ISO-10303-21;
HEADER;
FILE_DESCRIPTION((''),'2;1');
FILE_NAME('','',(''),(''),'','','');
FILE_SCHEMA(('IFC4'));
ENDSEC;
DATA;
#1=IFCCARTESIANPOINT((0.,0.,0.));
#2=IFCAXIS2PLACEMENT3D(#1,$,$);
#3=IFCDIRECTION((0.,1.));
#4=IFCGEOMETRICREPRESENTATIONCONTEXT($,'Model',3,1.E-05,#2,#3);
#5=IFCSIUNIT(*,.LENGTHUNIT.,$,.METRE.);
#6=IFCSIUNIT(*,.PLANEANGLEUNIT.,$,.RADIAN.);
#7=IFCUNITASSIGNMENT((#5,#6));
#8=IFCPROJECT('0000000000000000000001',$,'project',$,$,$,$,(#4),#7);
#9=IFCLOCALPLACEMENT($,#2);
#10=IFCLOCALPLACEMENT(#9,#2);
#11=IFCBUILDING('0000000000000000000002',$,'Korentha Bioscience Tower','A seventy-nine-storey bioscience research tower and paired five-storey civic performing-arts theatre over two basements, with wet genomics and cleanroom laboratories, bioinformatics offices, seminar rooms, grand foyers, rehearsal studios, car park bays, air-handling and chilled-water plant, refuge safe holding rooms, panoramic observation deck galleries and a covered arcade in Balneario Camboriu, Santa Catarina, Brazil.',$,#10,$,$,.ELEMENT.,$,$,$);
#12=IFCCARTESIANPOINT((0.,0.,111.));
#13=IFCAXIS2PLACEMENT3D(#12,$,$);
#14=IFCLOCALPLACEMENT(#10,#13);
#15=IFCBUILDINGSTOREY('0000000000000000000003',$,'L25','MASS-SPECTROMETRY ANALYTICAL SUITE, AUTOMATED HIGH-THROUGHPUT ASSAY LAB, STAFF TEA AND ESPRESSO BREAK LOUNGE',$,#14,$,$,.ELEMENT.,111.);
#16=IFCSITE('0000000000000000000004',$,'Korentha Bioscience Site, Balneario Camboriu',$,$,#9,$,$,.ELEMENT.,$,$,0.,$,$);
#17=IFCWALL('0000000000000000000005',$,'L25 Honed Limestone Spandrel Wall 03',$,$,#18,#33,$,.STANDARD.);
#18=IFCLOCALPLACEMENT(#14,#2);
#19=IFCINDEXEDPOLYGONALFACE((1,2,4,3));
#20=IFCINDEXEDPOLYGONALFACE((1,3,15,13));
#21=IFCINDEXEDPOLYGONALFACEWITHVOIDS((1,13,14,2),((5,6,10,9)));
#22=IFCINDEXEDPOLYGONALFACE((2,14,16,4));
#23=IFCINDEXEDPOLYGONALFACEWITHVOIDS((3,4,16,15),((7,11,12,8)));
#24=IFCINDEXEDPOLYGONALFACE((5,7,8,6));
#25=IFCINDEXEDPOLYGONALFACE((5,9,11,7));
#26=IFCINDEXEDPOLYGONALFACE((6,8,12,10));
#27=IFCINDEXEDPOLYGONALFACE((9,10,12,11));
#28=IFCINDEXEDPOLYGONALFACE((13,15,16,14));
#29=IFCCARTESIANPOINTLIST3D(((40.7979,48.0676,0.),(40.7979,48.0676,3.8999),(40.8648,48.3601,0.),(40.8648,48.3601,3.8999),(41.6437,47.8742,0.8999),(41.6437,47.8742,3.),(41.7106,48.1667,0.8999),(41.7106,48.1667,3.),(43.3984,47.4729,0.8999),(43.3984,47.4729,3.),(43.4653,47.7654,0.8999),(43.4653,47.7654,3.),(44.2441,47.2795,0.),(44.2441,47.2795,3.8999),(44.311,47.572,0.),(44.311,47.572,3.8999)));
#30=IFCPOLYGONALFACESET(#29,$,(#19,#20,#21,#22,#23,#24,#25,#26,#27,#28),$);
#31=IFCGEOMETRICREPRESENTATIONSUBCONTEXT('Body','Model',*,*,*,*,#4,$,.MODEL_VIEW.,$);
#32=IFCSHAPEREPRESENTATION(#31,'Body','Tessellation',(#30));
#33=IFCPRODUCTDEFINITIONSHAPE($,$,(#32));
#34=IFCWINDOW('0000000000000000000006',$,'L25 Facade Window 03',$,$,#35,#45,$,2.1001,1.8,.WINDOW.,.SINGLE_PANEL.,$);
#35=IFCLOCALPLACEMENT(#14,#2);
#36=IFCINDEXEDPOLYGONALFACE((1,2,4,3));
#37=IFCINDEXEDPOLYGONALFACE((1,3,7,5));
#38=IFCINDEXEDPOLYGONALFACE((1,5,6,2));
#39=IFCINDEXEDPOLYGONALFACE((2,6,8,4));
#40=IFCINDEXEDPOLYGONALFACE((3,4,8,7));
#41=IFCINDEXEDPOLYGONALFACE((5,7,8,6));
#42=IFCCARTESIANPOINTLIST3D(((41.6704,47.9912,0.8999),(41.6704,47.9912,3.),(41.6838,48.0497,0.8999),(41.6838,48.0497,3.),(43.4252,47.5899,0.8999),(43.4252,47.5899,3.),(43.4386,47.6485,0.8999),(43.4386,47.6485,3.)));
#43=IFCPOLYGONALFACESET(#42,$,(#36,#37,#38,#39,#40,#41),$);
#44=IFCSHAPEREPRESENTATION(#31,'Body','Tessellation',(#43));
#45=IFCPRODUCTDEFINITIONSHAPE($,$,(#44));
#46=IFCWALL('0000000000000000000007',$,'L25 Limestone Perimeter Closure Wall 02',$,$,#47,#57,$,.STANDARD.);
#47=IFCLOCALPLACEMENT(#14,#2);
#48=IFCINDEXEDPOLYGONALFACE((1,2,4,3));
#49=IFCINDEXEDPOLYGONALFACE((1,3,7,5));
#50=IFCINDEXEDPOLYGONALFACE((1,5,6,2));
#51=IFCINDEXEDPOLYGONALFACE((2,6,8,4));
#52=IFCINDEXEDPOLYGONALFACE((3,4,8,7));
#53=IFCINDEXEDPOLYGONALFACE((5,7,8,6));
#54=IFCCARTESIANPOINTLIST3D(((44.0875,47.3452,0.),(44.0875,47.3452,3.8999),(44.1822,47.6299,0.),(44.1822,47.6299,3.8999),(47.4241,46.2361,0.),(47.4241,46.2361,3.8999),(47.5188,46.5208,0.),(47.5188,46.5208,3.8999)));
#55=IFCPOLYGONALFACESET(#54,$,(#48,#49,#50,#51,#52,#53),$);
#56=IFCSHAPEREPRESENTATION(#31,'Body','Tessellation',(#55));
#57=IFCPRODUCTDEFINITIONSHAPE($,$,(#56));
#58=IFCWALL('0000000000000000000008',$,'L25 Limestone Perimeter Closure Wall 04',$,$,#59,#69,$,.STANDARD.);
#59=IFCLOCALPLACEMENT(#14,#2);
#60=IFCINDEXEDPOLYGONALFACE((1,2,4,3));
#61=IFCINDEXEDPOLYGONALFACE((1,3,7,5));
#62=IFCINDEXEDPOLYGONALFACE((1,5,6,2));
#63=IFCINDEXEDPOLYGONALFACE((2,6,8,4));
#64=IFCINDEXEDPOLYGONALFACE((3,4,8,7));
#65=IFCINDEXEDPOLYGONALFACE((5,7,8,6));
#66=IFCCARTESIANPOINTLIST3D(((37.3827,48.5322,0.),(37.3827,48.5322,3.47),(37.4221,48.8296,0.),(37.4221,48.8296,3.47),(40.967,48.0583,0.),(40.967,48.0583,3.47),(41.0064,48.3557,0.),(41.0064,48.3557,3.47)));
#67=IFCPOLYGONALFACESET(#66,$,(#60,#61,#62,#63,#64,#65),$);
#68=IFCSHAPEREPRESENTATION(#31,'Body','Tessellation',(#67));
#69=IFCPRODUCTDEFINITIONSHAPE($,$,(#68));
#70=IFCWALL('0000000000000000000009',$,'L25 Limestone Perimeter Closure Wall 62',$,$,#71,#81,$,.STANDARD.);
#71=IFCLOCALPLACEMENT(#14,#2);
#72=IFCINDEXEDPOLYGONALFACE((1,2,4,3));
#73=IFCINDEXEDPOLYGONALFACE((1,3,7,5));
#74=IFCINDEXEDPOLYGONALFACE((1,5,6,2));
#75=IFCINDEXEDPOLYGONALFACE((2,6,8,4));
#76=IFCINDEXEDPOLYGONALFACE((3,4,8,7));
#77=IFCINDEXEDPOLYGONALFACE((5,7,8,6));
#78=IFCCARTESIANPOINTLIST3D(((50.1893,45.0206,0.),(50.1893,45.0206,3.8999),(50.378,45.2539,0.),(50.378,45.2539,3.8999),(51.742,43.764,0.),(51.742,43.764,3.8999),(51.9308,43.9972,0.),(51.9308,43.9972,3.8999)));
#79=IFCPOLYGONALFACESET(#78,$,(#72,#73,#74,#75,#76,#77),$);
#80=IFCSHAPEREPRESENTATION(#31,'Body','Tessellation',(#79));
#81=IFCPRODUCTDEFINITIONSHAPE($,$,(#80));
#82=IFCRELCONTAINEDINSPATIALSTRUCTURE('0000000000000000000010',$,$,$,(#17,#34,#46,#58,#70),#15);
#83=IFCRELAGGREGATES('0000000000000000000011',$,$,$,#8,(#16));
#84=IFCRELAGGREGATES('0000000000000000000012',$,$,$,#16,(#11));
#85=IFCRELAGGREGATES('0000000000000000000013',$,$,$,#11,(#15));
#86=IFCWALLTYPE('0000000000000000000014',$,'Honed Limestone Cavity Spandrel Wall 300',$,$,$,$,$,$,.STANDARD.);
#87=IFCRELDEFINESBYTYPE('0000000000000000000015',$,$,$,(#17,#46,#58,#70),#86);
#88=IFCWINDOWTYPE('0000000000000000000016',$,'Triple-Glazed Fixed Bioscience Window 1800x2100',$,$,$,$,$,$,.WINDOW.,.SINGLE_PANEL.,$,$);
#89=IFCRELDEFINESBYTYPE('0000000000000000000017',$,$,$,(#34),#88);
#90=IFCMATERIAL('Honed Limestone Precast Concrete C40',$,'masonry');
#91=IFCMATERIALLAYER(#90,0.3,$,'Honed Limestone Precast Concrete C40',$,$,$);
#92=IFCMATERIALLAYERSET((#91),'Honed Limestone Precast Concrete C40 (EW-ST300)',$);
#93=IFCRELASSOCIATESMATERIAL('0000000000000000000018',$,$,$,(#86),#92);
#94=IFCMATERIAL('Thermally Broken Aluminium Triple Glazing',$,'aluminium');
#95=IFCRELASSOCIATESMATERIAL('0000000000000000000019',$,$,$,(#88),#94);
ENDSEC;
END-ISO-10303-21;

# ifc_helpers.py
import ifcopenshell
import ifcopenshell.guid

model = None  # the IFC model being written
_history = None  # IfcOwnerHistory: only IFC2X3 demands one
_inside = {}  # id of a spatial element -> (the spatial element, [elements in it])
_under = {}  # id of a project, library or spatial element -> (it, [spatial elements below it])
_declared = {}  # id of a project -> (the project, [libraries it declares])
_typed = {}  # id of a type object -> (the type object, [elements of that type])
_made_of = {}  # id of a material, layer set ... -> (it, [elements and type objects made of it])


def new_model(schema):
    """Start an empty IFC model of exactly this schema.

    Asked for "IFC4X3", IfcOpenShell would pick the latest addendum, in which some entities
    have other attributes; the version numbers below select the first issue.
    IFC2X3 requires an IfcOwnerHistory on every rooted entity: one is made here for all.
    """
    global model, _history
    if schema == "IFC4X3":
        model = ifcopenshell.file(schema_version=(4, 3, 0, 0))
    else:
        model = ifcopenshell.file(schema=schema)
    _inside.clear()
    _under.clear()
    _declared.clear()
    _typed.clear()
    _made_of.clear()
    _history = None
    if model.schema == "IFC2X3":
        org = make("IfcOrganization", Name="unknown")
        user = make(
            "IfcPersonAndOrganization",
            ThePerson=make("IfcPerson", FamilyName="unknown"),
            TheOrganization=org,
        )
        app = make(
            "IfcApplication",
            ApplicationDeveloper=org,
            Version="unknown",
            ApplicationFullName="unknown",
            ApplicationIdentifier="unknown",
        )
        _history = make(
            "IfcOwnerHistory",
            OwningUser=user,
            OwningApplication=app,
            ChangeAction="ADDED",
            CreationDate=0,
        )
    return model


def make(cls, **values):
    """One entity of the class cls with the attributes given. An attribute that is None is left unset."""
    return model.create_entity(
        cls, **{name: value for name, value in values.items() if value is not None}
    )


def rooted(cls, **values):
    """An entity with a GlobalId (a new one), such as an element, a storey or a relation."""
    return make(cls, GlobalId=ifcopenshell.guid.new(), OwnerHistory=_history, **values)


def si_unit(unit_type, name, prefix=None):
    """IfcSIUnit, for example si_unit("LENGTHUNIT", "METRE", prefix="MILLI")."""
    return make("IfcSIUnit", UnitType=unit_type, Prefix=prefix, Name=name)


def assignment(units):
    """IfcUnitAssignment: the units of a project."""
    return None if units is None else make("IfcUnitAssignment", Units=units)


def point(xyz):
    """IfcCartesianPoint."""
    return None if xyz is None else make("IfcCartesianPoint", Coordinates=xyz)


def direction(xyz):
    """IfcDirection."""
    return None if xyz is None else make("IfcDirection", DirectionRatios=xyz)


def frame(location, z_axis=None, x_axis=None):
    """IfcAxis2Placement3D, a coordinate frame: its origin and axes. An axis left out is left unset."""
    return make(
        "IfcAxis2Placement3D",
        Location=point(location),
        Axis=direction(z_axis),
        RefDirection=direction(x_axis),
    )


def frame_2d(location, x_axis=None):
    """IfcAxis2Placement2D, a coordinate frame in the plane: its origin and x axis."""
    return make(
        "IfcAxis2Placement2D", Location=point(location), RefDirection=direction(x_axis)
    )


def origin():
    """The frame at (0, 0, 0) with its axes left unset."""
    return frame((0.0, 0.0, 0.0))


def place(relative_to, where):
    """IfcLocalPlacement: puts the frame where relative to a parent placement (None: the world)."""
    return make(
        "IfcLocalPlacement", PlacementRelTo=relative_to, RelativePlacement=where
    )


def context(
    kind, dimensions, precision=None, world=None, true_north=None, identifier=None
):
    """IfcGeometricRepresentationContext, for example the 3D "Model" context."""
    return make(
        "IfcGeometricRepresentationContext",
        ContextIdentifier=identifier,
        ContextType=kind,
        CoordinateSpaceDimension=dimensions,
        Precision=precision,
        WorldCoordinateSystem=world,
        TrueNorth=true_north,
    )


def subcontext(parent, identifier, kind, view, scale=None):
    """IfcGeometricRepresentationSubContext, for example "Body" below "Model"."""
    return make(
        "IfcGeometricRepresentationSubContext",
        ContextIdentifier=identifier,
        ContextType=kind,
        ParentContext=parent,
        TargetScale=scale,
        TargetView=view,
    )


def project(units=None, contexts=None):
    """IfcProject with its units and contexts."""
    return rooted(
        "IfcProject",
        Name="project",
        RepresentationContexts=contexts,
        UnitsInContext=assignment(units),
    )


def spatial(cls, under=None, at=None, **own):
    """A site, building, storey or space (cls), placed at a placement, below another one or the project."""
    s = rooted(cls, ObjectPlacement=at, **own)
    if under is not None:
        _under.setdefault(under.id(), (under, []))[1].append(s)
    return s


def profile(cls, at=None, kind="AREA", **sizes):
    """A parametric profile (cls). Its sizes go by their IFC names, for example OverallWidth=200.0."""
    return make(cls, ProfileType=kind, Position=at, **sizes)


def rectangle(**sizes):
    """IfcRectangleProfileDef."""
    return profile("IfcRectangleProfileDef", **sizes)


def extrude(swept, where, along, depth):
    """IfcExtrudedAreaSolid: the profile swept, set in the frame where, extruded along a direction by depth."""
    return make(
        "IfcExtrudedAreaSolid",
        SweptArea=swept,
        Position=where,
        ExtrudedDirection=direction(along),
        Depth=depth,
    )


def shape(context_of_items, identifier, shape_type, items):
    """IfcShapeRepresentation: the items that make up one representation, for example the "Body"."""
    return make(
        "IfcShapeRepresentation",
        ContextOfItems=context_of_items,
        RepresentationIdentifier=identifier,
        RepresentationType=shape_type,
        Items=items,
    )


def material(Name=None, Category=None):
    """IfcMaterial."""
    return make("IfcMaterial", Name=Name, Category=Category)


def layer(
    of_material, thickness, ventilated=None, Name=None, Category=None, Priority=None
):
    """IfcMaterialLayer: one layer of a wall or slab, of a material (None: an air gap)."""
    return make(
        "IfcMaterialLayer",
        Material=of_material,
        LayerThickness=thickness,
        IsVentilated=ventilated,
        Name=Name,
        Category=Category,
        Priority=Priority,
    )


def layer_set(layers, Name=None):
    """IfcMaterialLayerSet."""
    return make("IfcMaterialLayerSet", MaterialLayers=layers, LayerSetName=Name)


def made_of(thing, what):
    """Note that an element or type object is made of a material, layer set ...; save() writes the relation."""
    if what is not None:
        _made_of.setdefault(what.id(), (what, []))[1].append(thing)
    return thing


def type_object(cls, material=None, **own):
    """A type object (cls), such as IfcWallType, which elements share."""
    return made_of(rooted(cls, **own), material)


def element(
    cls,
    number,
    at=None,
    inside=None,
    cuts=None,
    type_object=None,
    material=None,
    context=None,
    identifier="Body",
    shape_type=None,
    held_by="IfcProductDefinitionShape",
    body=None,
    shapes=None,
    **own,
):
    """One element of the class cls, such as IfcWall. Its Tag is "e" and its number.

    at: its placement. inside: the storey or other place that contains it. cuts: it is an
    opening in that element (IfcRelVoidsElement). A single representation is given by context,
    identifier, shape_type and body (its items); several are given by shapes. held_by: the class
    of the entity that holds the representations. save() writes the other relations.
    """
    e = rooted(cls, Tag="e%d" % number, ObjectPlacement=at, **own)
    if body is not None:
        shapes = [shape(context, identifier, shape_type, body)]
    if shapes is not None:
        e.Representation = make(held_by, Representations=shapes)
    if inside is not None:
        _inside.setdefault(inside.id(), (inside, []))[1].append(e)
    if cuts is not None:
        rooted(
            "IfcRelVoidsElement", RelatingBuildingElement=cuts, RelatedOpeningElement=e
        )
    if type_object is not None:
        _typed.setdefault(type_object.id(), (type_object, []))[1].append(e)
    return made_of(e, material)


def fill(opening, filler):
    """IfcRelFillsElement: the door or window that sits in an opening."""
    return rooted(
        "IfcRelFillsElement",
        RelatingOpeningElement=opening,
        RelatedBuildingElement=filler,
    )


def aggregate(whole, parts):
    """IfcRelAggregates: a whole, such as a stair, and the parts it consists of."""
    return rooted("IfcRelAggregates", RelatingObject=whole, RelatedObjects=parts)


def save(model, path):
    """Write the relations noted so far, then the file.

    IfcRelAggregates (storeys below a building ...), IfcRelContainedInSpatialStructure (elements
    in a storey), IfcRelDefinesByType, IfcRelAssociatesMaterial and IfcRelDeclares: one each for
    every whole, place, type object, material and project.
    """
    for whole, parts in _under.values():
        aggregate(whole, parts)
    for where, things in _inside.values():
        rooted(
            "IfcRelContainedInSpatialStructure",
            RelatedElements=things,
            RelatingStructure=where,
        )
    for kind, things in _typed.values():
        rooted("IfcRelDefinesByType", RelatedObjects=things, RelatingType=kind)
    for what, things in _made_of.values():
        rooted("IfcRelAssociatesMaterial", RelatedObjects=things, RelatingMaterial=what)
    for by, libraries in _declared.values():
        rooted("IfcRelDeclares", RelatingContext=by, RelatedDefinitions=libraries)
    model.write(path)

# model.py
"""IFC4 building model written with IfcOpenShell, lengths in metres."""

from ifc_helpers import new_model, si_unit, direction, frame, frame_2d, origin, place, context, subcontext, project, spatial, rectangle, extrude, material, layer, layer_set, type_object, element, fill, save


model = new_model("IFC4")

# Units and contexts
model_context = context("Model", 3, precision=1e-05, world=origin(), true_north=direction((0.0, 1.0)))
body_context = subcontext(model_context, "Body", "Model", "MODEL_VIEW")
ifc_project = project(units=[si_unit("LENGTHUNIT", "METRE"), si_unit("PLANEANGLEUNIT", "RADIAN")], contexts=[model_context])

# Site, building, storey
site_placement = place(None, origin())
site = spatial("IfcSite", under=ifc_project, at=site_placement, Name="Korentha Bioscience Site, Balneario Camboriu", CompositionType="ELEMENT", RefElevation=0.0)
building_placement = place(site_placement, origin())
building = spatial("IfcBuilding", under=site, at=building_placement, Name="Korentha Bioscience Tower", Description="A seventy-nine-storey bioscience research tower and paired five-storey civic performing-arts theatre over two basements, with wet genomics and cleanroom laboratories, bioinformatics offices, seminar rooms, grand foyers, rehearsal studios, car park bays, air-handling and chilled-water plant, refuge safe holding rooms, panoramic observation deck galleries and a covered arcade in Balneario Camboriu, Santa Catarina, Brazil.", CompositionType="ELEMENT")
storey_placement = place(building_placement, frame((0.0, 0.0, 111.0)))
storey = spatial("IfcBuildingStorey", under=building, at=storey_placement, Name="L25", Description="MASS-SPECTROMETRY ANALYTICAL SUITE, AUTOMATED HIGH-THROUGHPUT ASSAY LAB, STAFF TEA AND ESPRESSO BREAK LOUNGE", CompositionType="ELEMENT", Elevation=111.0)

# Wall, opening, window
ifc_material_1 = material(Name="Honed Limestone Precast Concrete C40", Category="masonry")
ifc_layer_1 = layer(ifc_material_1, 0.3, Name="Honed Limestone Precast Concrete C40")
ifc_layer_set_1 = layer_set([ifc_layer_1], Name="Honed Limestone Precast Concrete C40 (EW-ST300)")
wall_type_1 = type_object("IfcWallType", Name="Honed Limestone Cavity Spandrel Wall 300", PredefinedType="STANDARD", material=ifc_layer_set_1)
wall_1_placement = place(storey_placement, frame((44.2776, 47.4258, 0.0), z_axis=(0.0, 0.0, 1.0), x_axis=(-0.974836, 0.222922, 0.0)))
wall_1 = element("IfcWall", 1, at=wall_1_placement, inside=storey, type_object=wall_type_1, Name="L25 Honed Limestone Spandrel Wall 03", PredefinedType="STANDARD", context=body_context, shape_type="SweptSolid", body=[
    extrude(rectangle(XDim=3.5352, YDim=0.3, at=frame_2d((1.7676, 0.0))), origin(), (0.0, 0.0, 1.0), 3.8999),
])
opening_1_placement = place(wall_1_placement, frame((0.8677, 0.0, 0.8999)))
opening_1 = element("IfcOpeningElement", 2, at=opening_1_placement, cuts=wall_1, PredefinedType="OPENING", context=body_context, shape_type="SweptSolid", body=[
    extrude(rectangle(XDim=1.8, YDim=2.1001, at=frame_2d((0.8999, 1.05))), frame((0.0, 0.165, 0.0), z_axis=(0.0, -1.0, 0.0), x_axis=(1.0, 0.0, 0.0)), (0.0, 0.0, 1.0), 0.3298),
])
ifc_material_2 = material(Name="Thermally Broken Aluminium Triple Glazing", Category="aluminium")
window_type = type_object("IfcWindowType", Name="Triple-Glazed Fixed Bioscience Window 1800x2100", PartitioningType="SINGLE_PANEL", PredefinedType="WINDOW", material=ifc_material_2)
window_placement = place(opening_1_placement, origin())
window = element("IfcWindow", 3, at=window_placement, inside=storey, type_object=window_type, Name="L25 Facade Window 03", OverallHeight=2.1001, OverallWidth=1.8, PartitioningType="SINGLE_PANEL", PredefinedType="WINDOW", context=body_context, shape_type="SweptSolid", body=[
    extrude(rectangle(XDim=1.8, YDim=2.1001, at=frame_2d((0.8999, 1.05))), frame((0.0, 0.03, 0.0), z_axis=(0.0, -1.0, 0.0), x_axis=(1.0, 0.0, 0.0)), (0.0, 0.0, 1.0), 0.0601),
])
fill(opening_1, window)

# Walls
wall_2_placement = place(storey_placement, frame((47.4714, 46.3784, 0.0), z_axis=(0.0, 0.0, 1.0), x_axis=(-0.948947, 0.315436, 0.0)))
element("IfcWall", 4, at=wall_2_placement, inside=storey, type_object=wall_type_1, Name="L25 Limestone Perimeter Closure Wall 02", PredefinedType="STANDARD", context=body_context, shape_type="SweptSolid", body=[
    extrude(rectangle(XDim=3.5161, YDim=0.3, at=frame_2d((1.7581, 0.0))), origin(), (0.0, 0.0, 1.0), 3.8999),
])
wall_3_placement = place(storey_placement, frame((40.9866, 48.207, 0.0), z_axis=(0.0, 0.0, 1.0), x_axis=(-0.991373, 0.131071, 0.0)))
element("IfcWall", 5, at=wall_3_placement, inside=storey, type_object=wall_type_1, Name="L25 Limestone Perimeter Closure Wall 04", PredefinedType="STANDARD", context=body_context, shape_type="SweptSolid", body=[
    extrude(rectangle(XDim=3.6155, YDim=0.3, at=frame_2d((1.8076, 0.0))), origin(), (0.0, 0.0, 1.0), 3.47),
])
wall_4_placement = place(storey_placement, frame((51.8364, 43.8806, 0.0), z_axis=(0.0, 0.0, 1.0), x_axis=(-0.777339, 0.629082, 0.0)))
element("IfcWall", 6, at=wall_4_placement, inside=storey, type_object=wall_type_1, Name="L25 Limestone Perimeter Closure Wall 62", PredefinedType="STANDARD", context=body_context, shape_type="SweptSolid", body=[
    extrude(rectangle(XDim=1.9976, YDim=0.3, at=frame_2d((0.9988, 0.0))), origin(), (0.0, 0.0, 1.0), 3.8999),
])

save(model, "model.ifc")
